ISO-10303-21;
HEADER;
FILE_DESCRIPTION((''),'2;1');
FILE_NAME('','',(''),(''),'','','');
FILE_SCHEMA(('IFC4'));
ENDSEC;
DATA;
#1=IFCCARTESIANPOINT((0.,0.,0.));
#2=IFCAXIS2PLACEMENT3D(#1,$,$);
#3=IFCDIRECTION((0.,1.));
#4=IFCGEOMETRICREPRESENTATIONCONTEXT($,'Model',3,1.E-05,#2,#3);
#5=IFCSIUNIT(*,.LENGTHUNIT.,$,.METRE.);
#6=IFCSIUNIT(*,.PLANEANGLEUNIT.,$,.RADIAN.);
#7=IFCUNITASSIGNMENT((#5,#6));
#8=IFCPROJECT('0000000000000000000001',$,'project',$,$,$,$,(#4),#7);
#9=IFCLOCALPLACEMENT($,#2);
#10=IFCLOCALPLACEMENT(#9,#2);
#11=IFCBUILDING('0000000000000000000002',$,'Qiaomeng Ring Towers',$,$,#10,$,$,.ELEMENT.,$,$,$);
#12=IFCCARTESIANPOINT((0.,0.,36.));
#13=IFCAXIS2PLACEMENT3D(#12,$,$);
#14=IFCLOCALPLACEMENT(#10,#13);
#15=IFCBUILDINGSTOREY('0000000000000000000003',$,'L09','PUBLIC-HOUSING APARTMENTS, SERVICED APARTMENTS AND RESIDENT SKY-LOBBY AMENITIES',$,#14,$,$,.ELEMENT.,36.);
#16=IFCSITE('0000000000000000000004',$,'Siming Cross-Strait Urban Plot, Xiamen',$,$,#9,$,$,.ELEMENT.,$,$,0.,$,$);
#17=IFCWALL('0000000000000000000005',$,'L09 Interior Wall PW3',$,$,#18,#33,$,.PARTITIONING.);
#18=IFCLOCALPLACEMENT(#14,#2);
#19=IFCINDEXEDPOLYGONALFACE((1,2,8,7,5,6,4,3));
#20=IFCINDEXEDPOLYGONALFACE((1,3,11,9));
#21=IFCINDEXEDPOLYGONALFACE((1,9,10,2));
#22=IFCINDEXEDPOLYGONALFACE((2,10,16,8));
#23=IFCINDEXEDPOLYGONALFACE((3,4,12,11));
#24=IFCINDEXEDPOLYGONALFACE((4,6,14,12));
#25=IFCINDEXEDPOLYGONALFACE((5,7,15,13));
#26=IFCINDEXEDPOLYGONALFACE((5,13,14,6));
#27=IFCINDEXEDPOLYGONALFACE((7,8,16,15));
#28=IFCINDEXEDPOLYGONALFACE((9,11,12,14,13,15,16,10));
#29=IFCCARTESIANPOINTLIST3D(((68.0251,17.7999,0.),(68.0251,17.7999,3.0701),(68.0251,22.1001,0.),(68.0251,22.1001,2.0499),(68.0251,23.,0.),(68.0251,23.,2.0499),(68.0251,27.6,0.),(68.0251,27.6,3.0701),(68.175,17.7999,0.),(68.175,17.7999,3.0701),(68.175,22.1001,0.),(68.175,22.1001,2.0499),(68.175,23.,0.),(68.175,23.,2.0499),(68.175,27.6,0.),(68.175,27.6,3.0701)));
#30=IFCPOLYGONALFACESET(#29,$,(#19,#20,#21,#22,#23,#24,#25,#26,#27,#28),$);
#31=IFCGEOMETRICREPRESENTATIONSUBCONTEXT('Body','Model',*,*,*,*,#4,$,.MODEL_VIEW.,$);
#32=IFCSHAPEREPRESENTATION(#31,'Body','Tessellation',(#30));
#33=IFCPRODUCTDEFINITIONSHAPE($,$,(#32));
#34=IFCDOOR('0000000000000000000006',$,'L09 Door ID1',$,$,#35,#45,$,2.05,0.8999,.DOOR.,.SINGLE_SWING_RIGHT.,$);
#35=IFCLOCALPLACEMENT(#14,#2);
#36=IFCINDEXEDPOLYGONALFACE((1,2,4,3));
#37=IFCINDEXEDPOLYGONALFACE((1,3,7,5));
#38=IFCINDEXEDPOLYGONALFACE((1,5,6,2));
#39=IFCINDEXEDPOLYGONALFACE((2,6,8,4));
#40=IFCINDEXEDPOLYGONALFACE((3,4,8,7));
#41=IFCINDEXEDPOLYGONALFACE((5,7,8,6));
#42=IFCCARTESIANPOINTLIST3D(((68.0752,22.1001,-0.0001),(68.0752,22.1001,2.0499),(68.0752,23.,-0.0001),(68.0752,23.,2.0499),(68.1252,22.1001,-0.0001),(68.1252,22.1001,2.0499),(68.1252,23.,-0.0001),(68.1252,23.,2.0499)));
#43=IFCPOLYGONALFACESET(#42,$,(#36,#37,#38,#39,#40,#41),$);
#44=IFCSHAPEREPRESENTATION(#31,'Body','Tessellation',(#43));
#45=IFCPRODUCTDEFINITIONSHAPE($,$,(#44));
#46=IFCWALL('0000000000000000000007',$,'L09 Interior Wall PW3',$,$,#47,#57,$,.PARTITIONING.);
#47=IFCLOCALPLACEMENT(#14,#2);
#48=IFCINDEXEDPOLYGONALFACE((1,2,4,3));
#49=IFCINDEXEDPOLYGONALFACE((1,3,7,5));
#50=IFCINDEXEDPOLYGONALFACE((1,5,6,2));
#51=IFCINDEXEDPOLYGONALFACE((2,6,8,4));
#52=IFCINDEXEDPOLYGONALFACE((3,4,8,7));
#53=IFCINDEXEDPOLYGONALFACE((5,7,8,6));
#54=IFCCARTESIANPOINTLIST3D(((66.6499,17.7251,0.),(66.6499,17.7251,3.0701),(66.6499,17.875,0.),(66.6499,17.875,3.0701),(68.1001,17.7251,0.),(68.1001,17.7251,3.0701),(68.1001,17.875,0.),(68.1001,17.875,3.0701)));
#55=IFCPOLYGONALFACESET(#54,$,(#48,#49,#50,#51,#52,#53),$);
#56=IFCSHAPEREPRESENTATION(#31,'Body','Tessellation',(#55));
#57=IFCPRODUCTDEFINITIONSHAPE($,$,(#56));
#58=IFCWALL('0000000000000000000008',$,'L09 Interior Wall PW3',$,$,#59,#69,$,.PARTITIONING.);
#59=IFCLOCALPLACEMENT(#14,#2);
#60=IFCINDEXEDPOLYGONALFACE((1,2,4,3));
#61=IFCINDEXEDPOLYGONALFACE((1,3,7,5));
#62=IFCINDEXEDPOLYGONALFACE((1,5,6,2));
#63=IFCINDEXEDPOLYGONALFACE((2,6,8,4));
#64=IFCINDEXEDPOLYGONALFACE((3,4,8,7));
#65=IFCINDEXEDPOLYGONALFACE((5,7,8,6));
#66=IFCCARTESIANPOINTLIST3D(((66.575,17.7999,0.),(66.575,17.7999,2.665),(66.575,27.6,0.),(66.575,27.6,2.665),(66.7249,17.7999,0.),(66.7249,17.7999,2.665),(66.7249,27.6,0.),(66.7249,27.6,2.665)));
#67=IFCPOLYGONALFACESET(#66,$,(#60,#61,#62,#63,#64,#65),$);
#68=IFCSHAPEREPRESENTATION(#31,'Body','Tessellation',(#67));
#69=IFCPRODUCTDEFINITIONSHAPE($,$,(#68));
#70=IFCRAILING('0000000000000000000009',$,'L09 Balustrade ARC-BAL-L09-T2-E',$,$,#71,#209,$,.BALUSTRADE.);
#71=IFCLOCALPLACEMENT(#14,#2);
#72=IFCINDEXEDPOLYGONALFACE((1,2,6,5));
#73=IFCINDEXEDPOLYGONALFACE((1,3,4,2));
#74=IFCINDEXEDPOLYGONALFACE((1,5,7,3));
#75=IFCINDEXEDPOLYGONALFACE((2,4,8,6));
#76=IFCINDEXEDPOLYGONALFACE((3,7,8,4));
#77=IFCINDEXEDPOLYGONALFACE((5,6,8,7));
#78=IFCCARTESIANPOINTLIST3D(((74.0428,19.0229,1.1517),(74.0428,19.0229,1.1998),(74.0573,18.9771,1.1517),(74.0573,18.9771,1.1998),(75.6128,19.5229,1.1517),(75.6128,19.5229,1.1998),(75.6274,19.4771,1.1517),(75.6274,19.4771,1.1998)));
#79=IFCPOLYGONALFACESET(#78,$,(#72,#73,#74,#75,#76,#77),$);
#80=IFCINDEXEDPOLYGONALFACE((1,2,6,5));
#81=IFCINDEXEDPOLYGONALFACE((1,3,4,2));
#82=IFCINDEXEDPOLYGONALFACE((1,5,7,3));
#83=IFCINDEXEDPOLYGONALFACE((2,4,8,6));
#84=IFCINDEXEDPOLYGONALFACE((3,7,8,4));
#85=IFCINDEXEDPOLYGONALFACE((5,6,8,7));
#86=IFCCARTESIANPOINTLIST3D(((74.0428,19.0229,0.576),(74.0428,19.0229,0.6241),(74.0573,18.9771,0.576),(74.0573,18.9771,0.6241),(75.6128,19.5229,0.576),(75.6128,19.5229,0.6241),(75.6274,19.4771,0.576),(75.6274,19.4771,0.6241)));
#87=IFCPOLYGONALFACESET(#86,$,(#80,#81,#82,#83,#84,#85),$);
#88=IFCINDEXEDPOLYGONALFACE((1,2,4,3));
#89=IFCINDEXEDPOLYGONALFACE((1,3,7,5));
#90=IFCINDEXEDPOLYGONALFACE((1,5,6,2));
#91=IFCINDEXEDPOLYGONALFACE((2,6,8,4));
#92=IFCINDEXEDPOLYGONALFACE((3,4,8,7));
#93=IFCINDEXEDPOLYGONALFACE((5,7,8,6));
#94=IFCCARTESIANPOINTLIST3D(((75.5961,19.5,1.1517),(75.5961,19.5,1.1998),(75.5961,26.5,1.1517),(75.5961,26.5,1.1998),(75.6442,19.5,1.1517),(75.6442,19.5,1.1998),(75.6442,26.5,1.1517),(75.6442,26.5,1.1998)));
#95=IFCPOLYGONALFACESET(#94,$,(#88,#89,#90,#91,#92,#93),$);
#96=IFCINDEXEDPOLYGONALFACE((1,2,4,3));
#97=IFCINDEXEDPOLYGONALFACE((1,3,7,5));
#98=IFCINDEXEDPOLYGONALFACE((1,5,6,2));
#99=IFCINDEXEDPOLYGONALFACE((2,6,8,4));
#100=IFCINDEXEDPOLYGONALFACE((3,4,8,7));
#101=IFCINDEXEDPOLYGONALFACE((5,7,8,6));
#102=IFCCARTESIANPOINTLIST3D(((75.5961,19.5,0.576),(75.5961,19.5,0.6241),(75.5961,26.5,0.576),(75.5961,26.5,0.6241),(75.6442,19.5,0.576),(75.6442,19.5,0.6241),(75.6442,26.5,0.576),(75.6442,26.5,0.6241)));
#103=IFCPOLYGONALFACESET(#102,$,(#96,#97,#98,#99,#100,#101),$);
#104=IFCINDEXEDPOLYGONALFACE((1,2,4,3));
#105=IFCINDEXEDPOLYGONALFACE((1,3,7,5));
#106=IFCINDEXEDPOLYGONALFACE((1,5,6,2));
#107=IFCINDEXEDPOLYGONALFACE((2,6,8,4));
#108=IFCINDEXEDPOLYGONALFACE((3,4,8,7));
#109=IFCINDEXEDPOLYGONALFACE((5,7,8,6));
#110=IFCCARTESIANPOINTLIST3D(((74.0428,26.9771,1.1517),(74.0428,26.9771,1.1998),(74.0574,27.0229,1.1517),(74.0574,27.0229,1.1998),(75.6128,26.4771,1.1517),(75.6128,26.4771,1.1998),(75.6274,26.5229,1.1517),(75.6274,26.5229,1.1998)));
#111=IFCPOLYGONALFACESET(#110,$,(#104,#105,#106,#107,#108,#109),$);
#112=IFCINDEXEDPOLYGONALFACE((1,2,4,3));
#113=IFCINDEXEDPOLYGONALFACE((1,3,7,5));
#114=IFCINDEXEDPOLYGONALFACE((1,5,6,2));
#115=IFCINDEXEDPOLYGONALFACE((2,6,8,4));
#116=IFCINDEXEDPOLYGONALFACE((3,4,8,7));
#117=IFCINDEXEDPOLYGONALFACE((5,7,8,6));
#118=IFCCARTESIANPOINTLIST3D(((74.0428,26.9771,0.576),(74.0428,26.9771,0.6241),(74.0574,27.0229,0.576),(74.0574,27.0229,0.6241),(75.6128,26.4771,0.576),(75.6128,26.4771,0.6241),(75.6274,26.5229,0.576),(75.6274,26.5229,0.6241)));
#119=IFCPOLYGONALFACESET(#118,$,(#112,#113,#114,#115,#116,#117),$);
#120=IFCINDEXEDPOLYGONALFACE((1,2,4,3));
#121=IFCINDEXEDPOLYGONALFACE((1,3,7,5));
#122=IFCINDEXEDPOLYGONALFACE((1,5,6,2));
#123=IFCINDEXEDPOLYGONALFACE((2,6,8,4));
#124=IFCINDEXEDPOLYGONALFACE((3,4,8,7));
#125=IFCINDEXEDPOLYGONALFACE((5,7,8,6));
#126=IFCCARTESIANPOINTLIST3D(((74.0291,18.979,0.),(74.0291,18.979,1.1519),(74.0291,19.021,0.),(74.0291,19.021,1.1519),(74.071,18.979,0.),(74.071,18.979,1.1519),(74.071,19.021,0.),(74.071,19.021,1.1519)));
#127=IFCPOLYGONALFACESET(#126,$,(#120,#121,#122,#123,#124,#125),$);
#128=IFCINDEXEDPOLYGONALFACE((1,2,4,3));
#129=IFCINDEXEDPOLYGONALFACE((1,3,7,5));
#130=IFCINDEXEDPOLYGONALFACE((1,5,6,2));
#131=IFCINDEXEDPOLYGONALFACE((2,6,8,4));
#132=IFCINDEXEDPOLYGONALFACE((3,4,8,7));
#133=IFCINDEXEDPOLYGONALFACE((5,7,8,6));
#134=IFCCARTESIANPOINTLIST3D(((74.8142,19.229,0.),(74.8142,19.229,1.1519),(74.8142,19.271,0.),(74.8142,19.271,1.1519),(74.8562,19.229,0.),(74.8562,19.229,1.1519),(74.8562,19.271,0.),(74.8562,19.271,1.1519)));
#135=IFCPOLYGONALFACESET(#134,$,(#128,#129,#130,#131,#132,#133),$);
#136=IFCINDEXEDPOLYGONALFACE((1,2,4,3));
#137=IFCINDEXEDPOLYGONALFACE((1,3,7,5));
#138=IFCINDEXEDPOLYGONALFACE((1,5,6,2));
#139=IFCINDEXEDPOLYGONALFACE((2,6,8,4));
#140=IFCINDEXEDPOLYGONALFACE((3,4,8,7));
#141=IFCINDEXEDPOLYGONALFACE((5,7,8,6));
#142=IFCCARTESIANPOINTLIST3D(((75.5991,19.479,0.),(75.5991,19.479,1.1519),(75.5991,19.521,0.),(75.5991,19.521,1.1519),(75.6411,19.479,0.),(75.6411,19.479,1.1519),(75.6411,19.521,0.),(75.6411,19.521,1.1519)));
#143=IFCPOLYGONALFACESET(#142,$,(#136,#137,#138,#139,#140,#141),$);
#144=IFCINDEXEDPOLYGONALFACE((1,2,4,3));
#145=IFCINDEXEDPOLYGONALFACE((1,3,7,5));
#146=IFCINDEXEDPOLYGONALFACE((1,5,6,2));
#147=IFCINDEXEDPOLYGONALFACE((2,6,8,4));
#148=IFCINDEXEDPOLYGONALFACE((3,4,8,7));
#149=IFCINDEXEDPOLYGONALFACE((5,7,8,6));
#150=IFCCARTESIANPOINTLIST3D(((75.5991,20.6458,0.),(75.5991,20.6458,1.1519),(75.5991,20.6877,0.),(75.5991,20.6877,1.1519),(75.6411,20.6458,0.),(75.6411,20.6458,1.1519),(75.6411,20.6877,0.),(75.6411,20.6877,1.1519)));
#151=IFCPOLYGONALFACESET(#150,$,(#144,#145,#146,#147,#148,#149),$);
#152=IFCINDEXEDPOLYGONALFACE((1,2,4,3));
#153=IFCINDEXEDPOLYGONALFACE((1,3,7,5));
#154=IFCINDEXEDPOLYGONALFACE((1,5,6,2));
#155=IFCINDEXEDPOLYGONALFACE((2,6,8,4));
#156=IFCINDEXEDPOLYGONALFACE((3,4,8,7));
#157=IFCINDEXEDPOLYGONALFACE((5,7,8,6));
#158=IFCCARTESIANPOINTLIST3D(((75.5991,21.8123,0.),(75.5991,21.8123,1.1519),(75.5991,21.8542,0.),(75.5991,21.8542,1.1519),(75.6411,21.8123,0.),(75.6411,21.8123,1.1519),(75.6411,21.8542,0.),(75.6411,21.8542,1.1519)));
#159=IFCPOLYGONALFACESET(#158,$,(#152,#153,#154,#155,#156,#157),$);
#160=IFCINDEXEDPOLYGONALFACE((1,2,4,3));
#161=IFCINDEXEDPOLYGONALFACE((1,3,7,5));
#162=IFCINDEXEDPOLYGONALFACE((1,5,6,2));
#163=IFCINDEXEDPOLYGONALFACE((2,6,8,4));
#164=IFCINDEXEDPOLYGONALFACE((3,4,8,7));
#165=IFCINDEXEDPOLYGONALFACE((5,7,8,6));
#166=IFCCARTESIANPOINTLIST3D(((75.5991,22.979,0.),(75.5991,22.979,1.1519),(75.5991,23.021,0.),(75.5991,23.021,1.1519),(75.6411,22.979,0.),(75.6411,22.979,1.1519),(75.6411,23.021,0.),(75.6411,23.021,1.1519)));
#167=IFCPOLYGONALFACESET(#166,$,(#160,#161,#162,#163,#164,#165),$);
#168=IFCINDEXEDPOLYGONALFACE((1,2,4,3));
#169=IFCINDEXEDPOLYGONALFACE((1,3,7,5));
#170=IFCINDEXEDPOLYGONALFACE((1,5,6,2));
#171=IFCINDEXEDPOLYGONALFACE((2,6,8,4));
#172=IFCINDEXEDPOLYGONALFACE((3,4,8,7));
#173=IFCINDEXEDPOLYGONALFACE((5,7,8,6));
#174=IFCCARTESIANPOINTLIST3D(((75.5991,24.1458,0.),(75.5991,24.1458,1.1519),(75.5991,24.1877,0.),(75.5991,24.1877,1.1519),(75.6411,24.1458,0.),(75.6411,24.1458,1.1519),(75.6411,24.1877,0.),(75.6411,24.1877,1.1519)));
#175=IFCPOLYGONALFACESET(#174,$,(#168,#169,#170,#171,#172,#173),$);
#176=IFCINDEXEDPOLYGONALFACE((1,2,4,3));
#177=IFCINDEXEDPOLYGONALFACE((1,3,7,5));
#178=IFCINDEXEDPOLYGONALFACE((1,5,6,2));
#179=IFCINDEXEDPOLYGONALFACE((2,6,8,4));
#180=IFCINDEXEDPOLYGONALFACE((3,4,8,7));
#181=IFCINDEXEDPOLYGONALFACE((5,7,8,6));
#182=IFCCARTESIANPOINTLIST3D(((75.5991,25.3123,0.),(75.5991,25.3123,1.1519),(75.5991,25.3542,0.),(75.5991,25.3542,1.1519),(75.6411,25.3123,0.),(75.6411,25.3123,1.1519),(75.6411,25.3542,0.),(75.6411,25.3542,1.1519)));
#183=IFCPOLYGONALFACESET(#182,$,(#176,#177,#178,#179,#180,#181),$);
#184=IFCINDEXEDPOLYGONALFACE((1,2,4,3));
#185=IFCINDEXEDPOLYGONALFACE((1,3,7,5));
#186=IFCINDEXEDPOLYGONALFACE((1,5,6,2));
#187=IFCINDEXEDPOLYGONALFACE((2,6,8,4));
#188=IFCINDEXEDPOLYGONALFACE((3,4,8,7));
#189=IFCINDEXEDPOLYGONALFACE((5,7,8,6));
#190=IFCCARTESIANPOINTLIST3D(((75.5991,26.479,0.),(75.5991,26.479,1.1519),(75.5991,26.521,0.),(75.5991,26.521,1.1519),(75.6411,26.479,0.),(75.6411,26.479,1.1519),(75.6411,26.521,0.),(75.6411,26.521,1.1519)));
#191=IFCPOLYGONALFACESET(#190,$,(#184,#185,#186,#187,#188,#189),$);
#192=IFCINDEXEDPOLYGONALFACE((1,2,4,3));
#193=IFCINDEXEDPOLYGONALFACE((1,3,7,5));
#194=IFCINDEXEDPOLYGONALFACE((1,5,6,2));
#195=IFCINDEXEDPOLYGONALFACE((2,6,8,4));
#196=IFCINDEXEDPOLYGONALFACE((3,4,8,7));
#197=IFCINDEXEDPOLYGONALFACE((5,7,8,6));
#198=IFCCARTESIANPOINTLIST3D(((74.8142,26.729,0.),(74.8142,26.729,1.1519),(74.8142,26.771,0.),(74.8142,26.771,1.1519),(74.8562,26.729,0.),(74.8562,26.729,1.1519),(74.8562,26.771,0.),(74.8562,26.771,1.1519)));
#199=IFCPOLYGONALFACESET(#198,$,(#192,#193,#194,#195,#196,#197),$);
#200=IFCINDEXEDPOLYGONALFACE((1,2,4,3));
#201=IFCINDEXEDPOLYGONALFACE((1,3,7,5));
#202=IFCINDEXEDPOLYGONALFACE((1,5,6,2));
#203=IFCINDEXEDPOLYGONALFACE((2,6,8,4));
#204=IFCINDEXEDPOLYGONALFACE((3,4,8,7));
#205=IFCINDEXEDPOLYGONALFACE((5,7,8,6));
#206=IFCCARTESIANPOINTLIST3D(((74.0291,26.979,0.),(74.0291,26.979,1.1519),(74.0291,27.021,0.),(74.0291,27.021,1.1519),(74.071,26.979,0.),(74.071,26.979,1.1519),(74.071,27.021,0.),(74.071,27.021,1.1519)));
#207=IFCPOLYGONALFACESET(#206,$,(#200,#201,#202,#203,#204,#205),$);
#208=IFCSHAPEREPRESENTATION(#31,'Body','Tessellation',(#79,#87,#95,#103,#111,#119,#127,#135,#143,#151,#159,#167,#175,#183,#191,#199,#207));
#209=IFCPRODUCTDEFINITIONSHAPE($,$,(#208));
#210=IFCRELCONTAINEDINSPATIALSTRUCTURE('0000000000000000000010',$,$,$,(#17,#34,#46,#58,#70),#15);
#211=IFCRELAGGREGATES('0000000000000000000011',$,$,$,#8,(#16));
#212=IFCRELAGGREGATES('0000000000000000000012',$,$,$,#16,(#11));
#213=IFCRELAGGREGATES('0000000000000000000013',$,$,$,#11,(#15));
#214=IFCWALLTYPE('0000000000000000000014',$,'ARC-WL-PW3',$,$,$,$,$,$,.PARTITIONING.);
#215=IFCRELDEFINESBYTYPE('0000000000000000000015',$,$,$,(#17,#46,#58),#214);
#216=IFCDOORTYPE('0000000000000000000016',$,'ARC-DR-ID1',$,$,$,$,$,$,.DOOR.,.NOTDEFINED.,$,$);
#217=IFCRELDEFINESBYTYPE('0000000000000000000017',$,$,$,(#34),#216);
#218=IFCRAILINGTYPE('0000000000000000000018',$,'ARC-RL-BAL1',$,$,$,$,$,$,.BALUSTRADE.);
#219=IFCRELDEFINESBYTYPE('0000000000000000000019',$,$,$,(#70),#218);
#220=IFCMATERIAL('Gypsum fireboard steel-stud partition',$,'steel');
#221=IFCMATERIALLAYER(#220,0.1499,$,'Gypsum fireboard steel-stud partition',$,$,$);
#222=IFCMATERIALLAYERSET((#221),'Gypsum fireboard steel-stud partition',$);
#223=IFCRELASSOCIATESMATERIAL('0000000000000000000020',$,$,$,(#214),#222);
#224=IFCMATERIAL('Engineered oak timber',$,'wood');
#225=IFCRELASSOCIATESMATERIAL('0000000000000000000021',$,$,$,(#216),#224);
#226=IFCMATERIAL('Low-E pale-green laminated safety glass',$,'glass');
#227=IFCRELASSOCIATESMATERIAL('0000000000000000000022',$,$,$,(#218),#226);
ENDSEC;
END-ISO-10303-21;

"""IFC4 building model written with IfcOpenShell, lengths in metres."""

from ifc_helpers import new_model, si_unit, direction, frame, frame_2d, origin, origin_2d, place, context, subcontext, project, spatial, rectangle, extrude, source, transform, mapped, material, layer, layer_set, type_object, element, fill, save


model = new_model("IFC4")

# Units and contexts
model_context = context("Model", 3, precision=1e-05, world=origin(), true_north=direction((0.0, 1.0)))
body_context = subcontext(model_context, "Body", "Model", "MODEL_VIEW")
ifc_project = project(units=[si_unit("LENGTHUNIT", "METRE"), si_unit("PLANEANGLEUNIT", "RADIAN")], contexts=[model_context])

# Site, building, storey
site_placement = place(None, origin())
site = spatial("IfcSite", under=ifc_project, at=site_placement, Name="Siming Cross-Strait Urban Plot, Xiamen", CompositionType="ELEMENT", RefElevation=0.0)
building_placement = place(site_placement, origin())
building = spatial("IfcBuilding", under=site, at=building_placement, Name="Qiaomeng Ring Towers", CompositionType="ELEMENT")
storey_placement = place(building_placement, frame((0.0, 0.0, 36.0)))
storey = spatial("IfcBuildingStorey", under=building, at=storey_placement, Name="L09", Description="PUBLIC-HOUSING APARTMENTS, SERVICED APARTMENTS AND RESIDENT SKY-LOBBY AMENITIES", CompositionType="ELEMENT", Elevation=36.0)

# Shared definitions
ifc_material_1 = material(Name="Gypsum fireboard steel-stud partition", Category="steel")
ifc_layer_1 = layer(ifc_material_1, 0.1499, Name="Gypsum fireboard steel-stud partition")
ifc_layer_set_1 = layer_set([ifc_layer_1], Name="Gypsum fireboard steel-stud partition")
wall_type_1 = type_object("IfcWallType", Name="ARC-WL-PW3", PredefinedType="PARTITIONING", material=ifc_layer_set_1)

# Wall, opening, door
wall_1_placement = place(storey_placement, frame((68.1001, 17.8, 0.0), z_axis=(0.0, 0.0, 1.0), x_axis=(0.0, 1.0, 0.0)))
wall_1 = element("IfcWall", 1, at=wall_1_placement, inside=storey, type_object=wall_type_1, Name="L09 Interior Wall PW3", PredefinedType="PARTITIONING", context=body_context, shape_type="SweptSolid", body=[
    extrude(rectangle(XDim=9.8, YDim=0.1499, at=frame_2d((4.8999, 0.0))), origin(), (0.0, 0.0, 1.0), 3.0701),
])
opening_1_placement = place(wall_1_placement, frame((4.3, 0.0, 0.0)))
opening_1 = element("IfcOpeningElement", 2, at=opening_1_placement, cuts=wall_1, PredefinedType="OPENING", context=body_context, shape_type="SweptSolid", body=[
    extrude(rectangle(XDim=0.8999, YDim=2.05, at=frame_2d((0.45, 1.0249))), frame((0.0, 0.085, 0.0), z_axis=(0.0, -1.0, 0.0), x_axis=(1.0, 0.0, 0.0)), (0.0, 0.0, 1.0), 0.1699),
])
ifc_material_2 = material(Name="Engineered oak timber", Category="wood")
door_type_1 = type_object("IfcDoorType", Name="ARC-DR-ID1", OperationType="NOTDEFINED", PredefinedType="DOOR", material=ifc_material_2)
shared_shape_1 = source(origin(), body_context, "Body", "SweptSolid", [
    extrude(rectangle(XDim=0.8999, YDim=2.05, at=frame_2d((0.45, 1.0249))), frame((0.0, 0.0249, 0.0), z_axis=(0.0, -1.0, 0.0), x_axis=(1.0, 0.0, 0.0)), (0.0, 0.0, 1.0), 0.05),
])
door_1_placement = place(opening_1_placement, origin())
door_1 = element("IfcDoor", 3, at=door_1_placement, inside=storey, type_object=door_type_1, Name="L09 Door ID1", OperationType="SINGLE_SWING_RIGHT", OverallHeight=2.05, OverallWidth=0.8999, PredefinedType="DOOR", context=body_context, shape_type="MappedRepresentation", body=[
    mapped(shared_shape_1, transform((0.0, 0.0, 0.0), x_axis=(1.0, 0.0, 0.0), y_axis=(0.0, 1.0, 0.0), z_axis=(0.0, 0.0, 1.0), scale=1.0)),
])
fill(opening_1, door_1)

# Walls
wall_2_placement = place(storey_placement, frame((66.6499, 17.8, 0.0), z_axis=(0.0, 0.0, 1.0), x_axis=(1.0, 0.0, 0.0)))
element("IfcWall", 4, at=wall_2_placement, inside=storey, type_object=wall_type_1, Name="L09 Interior Wall PW3", PredefinedType="PARTITIONING", context=body_context, shape_type="SweptSolid", body=[
    extrude(rectangle(XDim=1.4502, YDim=0.1499, at=frame_2d((0.7251, 0.0))), origin(), (0.0, 0.0, 1.0), 3.0701),
])
wall_3_placement = place(storey_placement, frame((66.6499, 17.8, 0.0), z_axis=(0.0, 0.0, 1.0), x_axis=(0.0, 1.0, 0.0)))
element("IfcWall", 5, at=wall_3_placement, inside=storey, type_object=wall_type_1, Name="L09 Interior Wall PW3", PredefinedType="PARTITIONING", context=body_context, shape_type="SweptSolid", body=[
    extrude(rectangle(XDim=9.8, YDim=0.1499, at=frame_2d((4.8999, 0.0))), origin(), (0.0, 0.0, 1.0), 2.665),
])

# Railing
ifc_material_3 = material(Name="Low-E pale-green laminated safety glass", Category="glass")
railing_type = type_object("IfcRailingType", Name="ARC-RL-BAL1", PredefinedType="BALUSTRADE", material=ifc_material_3)
railing_placement = place(storey_placement, frame((74.05, 19.0, 0.0)))
element("IfcRailing", 6, at=railing_placement, inside=storey, type_object=railing_type, Name="L09 Balustrade ARC-BAL-L09-T2-E", PredefinedType="BALUSTRADE", context=body_context, shape_type="SweptSolid", body=[
    extrude(rectangle(XDim=0.0481, YDim=0.0481, at=origin_2d()), frame((0.0, 0.0, 1.1758), z_axis=(0.95285, 0.303442, 0.0), x_axis=(-0.303442, 0.95285, 0.0)), (0.0, 0.0, 1.0), 1.6477),
    extrude(rectangle(XDim=0.0481, YDim=0.0481, at=origin_2d()), frame((0.0, 0.0, 0.6001), z_axis=(0.95285, 0.303442, 0.0), x_axis=(-0.303442, 0.95285, 0.0)), (0.0, 0.0, 1.0), 1.6477),
    extrude(rectangle(XDim=0.0481, YDim=0.0481, at=origin_2d()), frame((1.5701, 0.5, 1.1758), z_axis=(0.0, 1.0, 0.0), x_axis=(-1.0, 0.0, 0.0)), (0.0, 0.0, 1.0), 7.0),
    extrude(rectangle(XDim=0.0481, YDim=0.0481, at=origin_2d()), frame((1.5701, 0.5, 0.6001), z_axis=(0.0, 1.0, 0.0), x_axis=(-1.0, 0.0, 0.0)), (0.0, 0.0, 1.0), 7.0),
    extrude(rectangle(XDim=0.0481, YDim=0.0481, at=origin_2d()), frame((1.5701, 7.5, 1.1758), z_axis=(-0.95285, 0.303442, 0.0), x_axis=(-0.303442, -0.95285, 0.0)), (0.0, 0.0, 1.0), 1.6477),
    extrude(rectangle(XDim=0.0481, YDim=0.0481, at=origin_2d()), frame((1.5701, 7.5, 0.6001), z_axis=(-0.95285, 0.303442, 0.0), x_axis=(-0.303442, -0.95285, 0.0)), (0.0, 0.0, 1.0), 1.6477),
    extrude(rectangle(XDim=0.042, YDim=0.042, at=origin_2d()), origin(), (0.0, 0.0, 1.0), 1.1519),
    extrude(rectangle(XDim=0.042, YDim=0.042, at=origin_2d()), frame((0.7852, 0.25, 0.0)), (0.0, 0.0, 1.0), 1.1519),
    extrude(rectangle(XDim=0.042, YDim=0.042, at=origin_2d()), frame((1.5701, 0.5, 0.0)), (0.0, 0.0, 1.0), 1.1519),
    extrude(rectangle(XDim=0.042, YDim=0.042, at=origin_2d()), frame((1.5701, 1.6667, 0.0)), (0.0, 0.0, 1.0), 1.1519),
    extrude(rectangle(XDim=0.042, YDim=0.042, at=origin_2d()), frame((1.5701, 2.8333, 0.0)), (0.0, 0.0, 1.0), 1.1519),
    extrude(rectangle(XDim=0.042, YDim=0.042, at=origin_2d()), frame((1.5701, 4.0, 0.0)), (0.0, 0.0, 1.0), 1.1519),
    extrude(rectangle(XDim=0.042, YDim=0.042, at=origin_2d()), frame((1.5701, 5.1667, 0.0)), (0.0, 0.0, 1.0), 1.1519),
    extrude(rectangle(XDim=0.042, YDim=0.042, at=origin_2d()), frame((1.5701, 6.3333, 0.0)), (0.0, 0.0, 1.0), 1.1519),
    extrude(rectangle(XDim=0.042, YDim=0.042, at=origin_2d()), frame((1.5701, 7.5, 0.0)), (0.0, 0.0, 1.0), 1.1519),
    extrude(rectangle(XDim=0.042, YDim=0.042, at=origin_2d()), frame((0.7852, 7.75, 0.0)), (0.0, 0.0, 1.0), 1.1519),
    extrude(rectangle(XDim=0.042, YDim=0.042, at=origin_2d()), frame((0.0, 8.0, 0.0)), (0.0, 0.0, 1.0), 1.1519),
])

save(model, "model.ifc")
